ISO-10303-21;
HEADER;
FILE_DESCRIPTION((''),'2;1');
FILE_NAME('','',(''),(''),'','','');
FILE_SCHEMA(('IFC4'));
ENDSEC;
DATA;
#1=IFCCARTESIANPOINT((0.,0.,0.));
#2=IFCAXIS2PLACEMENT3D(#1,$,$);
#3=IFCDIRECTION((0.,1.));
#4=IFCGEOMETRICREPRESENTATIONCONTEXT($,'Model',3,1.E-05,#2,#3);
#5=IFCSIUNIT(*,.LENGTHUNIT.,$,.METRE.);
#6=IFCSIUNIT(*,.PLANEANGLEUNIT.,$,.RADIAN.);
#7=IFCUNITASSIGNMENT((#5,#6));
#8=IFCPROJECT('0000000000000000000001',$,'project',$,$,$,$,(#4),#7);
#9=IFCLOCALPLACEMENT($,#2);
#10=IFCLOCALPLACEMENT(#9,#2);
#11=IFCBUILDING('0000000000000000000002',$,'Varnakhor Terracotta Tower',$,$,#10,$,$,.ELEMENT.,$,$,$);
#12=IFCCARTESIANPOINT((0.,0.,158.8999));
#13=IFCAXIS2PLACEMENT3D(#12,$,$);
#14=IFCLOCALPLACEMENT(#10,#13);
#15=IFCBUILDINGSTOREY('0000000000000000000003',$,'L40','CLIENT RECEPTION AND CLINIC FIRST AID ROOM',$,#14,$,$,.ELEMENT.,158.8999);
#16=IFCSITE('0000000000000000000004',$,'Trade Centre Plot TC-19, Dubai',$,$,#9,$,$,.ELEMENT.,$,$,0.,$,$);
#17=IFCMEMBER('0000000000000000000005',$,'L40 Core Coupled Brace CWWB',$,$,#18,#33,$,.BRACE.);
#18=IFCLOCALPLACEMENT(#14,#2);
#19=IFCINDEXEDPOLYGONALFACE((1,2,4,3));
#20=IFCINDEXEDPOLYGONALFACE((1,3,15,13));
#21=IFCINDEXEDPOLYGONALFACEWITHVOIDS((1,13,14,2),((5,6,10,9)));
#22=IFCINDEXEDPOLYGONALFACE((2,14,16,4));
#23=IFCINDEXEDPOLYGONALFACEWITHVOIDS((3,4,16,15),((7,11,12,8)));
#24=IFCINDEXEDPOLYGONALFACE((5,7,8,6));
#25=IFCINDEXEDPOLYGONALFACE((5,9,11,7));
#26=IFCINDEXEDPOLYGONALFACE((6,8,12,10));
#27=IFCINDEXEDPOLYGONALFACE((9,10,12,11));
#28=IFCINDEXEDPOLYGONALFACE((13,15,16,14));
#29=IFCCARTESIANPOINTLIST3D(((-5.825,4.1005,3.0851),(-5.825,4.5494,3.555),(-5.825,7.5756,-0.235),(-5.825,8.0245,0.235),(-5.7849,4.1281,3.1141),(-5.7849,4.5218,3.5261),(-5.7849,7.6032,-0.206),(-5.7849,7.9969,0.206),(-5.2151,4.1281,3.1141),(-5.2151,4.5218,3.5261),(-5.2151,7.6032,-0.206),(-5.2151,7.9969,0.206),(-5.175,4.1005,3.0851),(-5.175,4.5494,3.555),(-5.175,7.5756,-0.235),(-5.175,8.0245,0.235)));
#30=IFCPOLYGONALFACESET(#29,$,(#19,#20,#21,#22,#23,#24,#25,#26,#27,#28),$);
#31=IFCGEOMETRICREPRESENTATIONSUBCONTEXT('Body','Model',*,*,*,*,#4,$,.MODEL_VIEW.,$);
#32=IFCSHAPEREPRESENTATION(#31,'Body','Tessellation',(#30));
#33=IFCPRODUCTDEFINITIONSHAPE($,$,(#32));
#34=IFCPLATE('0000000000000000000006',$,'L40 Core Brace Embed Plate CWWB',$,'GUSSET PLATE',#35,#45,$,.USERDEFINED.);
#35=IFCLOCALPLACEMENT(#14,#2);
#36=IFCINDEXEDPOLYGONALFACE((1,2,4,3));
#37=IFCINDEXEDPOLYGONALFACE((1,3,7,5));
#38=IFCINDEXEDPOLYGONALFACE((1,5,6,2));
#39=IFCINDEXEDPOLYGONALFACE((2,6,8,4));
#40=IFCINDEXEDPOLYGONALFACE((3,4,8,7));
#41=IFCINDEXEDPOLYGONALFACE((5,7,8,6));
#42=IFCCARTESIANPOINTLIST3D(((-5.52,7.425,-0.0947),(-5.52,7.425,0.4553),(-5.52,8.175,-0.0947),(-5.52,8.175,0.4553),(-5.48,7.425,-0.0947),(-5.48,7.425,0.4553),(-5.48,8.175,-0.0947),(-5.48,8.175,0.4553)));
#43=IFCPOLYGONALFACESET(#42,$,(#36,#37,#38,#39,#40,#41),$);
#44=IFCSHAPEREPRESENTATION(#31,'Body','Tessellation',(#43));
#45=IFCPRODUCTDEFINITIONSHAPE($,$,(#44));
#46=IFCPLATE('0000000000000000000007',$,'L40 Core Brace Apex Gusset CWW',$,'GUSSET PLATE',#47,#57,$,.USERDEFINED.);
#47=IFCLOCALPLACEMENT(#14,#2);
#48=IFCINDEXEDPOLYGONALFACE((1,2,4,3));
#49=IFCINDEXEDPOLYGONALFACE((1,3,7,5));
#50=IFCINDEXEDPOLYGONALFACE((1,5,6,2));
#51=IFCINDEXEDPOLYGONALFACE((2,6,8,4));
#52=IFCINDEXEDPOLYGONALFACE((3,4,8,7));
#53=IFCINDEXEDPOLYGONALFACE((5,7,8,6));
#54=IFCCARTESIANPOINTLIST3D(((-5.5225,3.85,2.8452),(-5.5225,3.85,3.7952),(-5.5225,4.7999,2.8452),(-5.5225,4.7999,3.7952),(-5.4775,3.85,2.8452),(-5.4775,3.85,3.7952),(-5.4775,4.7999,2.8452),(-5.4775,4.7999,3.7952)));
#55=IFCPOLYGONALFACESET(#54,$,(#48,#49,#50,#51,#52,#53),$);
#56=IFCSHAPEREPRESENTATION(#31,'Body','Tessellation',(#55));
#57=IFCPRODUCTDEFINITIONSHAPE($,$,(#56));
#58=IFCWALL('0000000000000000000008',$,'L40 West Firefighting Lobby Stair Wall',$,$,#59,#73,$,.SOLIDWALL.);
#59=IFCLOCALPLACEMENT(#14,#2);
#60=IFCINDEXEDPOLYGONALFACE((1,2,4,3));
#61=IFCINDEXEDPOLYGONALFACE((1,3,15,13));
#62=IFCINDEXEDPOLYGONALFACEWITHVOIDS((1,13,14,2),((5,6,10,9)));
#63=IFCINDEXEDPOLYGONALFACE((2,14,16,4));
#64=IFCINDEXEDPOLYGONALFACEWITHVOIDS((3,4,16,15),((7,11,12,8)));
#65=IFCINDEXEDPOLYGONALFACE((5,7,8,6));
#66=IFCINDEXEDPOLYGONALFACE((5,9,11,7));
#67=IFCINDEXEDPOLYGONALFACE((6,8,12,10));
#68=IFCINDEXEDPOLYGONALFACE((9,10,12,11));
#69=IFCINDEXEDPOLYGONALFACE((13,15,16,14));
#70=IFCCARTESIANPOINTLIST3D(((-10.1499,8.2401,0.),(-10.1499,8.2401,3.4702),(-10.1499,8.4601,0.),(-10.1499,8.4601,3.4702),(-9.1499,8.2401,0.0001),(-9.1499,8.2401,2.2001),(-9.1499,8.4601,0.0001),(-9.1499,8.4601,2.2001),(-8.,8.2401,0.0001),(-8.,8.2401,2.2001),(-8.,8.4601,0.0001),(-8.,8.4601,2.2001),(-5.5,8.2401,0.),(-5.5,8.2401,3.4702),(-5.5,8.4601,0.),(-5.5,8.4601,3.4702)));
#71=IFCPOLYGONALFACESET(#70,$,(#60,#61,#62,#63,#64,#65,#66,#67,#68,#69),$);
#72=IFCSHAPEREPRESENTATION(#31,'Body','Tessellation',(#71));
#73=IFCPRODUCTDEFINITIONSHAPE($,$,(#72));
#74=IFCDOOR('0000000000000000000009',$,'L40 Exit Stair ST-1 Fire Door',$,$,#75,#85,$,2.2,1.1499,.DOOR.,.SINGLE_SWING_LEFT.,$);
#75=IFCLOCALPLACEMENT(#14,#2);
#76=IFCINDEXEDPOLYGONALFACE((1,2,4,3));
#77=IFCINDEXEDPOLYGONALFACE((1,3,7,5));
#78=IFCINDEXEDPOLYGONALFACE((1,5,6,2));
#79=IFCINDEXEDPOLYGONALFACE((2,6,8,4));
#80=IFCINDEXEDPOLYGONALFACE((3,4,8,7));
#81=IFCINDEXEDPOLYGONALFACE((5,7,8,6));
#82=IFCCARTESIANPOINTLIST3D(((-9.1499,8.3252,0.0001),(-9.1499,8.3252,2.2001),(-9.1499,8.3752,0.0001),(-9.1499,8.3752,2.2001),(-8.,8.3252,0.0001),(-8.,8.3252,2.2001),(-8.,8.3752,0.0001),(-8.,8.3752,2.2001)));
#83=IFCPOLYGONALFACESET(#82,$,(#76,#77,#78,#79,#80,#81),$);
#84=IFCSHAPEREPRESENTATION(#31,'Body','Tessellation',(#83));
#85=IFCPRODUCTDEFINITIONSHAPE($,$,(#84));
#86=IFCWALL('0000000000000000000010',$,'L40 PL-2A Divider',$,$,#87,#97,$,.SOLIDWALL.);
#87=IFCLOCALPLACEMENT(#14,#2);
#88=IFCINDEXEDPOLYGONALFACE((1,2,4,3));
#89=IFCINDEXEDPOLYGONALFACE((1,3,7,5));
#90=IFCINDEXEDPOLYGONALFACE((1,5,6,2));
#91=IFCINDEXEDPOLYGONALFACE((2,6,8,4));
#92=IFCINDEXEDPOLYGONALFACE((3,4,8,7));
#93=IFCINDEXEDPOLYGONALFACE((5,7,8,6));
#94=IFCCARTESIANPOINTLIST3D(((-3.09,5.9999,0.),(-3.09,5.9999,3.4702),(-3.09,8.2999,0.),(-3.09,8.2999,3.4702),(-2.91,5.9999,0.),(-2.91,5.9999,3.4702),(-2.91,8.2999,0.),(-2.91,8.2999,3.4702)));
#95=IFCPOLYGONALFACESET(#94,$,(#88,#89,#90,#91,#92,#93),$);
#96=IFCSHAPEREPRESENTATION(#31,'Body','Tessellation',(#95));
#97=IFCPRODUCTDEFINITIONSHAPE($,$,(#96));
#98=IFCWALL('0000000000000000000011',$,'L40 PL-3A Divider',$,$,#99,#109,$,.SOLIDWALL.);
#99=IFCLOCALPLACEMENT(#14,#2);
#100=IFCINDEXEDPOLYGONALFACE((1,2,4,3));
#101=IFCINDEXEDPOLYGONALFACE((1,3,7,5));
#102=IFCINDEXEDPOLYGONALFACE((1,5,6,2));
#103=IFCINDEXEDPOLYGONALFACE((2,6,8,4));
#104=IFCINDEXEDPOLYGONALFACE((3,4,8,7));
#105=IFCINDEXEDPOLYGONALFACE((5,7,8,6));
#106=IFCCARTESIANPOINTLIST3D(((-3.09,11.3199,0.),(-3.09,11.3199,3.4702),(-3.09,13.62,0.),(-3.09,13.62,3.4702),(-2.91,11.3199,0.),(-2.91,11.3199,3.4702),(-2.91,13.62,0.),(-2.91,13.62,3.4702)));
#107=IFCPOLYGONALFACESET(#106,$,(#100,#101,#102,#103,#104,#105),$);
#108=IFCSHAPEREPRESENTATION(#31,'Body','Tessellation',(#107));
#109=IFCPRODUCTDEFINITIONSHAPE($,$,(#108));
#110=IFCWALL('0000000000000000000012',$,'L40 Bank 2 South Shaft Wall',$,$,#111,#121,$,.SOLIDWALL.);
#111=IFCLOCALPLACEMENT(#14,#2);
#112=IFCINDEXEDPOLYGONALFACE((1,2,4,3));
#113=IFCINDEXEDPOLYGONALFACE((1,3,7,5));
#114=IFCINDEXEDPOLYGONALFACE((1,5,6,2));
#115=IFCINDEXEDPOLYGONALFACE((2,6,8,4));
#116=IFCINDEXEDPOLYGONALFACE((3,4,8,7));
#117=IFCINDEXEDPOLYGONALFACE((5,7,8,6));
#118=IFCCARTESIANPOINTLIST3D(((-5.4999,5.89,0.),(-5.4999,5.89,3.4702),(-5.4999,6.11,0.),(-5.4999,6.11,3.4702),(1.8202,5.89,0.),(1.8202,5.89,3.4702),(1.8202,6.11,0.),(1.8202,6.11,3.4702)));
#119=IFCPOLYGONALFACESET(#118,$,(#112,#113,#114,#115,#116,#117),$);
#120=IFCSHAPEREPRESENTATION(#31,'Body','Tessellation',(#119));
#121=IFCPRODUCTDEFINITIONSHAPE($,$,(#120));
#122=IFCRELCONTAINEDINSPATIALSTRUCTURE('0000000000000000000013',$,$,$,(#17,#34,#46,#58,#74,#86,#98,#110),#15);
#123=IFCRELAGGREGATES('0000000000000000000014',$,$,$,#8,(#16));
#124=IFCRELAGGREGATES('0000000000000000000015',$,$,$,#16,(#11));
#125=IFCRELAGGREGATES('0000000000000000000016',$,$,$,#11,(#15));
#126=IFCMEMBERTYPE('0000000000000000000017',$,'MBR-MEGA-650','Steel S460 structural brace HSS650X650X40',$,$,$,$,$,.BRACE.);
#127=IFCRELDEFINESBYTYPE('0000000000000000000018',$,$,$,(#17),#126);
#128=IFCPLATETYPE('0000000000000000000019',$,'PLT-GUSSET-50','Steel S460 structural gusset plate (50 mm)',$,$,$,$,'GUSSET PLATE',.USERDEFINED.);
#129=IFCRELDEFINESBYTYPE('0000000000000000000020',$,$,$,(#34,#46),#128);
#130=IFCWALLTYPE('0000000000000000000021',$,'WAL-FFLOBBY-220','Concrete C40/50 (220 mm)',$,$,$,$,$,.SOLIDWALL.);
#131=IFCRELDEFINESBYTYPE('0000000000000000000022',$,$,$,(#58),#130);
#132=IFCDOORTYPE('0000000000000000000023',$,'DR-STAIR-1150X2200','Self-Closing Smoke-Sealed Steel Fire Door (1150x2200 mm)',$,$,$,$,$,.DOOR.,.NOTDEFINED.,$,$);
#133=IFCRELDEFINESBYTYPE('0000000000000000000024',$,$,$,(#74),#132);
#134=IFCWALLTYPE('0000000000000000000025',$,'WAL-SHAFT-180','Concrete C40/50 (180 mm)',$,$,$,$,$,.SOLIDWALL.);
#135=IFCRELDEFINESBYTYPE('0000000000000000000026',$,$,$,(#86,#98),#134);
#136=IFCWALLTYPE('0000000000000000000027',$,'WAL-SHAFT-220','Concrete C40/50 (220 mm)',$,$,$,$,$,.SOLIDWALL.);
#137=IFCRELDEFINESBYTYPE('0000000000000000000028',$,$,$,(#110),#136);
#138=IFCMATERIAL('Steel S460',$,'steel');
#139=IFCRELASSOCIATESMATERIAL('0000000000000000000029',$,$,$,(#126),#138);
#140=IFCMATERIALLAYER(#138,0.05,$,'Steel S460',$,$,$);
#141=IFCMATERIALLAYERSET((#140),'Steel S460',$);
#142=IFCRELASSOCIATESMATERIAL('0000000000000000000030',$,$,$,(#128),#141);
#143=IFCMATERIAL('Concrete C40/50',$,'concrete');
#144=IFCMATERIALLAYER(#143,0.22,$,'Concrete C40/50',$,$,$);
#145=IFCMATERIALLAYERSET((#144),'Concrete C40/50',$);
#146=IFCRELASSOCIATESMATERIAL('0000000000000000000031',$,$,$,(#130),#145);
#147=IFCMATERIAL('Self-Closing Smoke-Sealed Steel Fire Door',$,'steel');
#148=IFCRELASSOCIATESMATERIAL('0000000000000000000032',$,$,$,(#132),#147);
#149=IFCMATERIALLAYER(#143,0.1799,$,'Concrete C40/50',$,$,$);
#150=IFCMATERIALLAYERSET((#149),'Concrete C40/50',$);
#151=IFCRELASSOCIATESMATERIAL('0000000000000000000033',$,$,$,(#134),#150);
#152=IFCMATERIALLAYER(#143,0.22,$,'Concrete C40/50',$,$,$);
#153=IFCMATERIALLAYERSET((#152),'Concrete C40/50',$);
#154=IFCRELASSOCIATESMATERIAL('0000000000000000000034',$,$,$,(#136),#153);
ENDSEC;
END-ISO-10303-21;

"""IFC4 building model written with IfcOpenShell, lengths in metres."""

from ifc_helpers import new_model, si_unit, direction, frame, frame_2d, origin, origin_2d, place, context, subcontext, project, spatial, rectangle, hollow_rectangle, extrude, source, transform, mapped, material, layer, layer_set, material_profile, profile_set, type_object, type_shapes, element, fill, save


model = new_model("IFC4")

# Units and contexts
model_context = context("Model", 3, precision=1e-05, world=origin(), true_north=direction((0.0, 1.0)))
body_context = subcontext(model_context, "Body", "Model", "MODEL_VIEW")
ifc_project = project(units=[si_unit("LENGTHUNIT", "METRE"), si_unit("PLANEANGLEUNIT", "RADIAN")], contexts=[model_context])

# Site, building, storey
site_placement = place(None, origin())
site = spatial("IfcSite", under=ifc_project, at=site_placement, Name="Trade Centre Plot TC-19, Dubai", CompositionType="ELEMENT", RefElevation=0.0)
building_placement = place(site_placement, origin())
building = spatial("IfcBuilding", under=site, at=building_placement, Name="Varnakhor Terracotta Tower", CompositionType="ELEMENT")
storey_placement = place(building_placement, frame((0.0, 0.0, 158.8999)))
storey = spatial("IfcBuildingStorey", under=building, at=storey_placement, Name="L40", Description="CLIENT RECEPTION AND CLINIC FIRST AID ROOM", CompositionType="ELEMENT", Elevation=158.8999)

# Member
ifc_material_1 = material(Name="Steel S460", Category="steel")
ifc_material_profile = material_profile(ifc_material_1, hollow_rectangle(XDim=0.6499, YDim=0.6499, WallThickness=0.04, at=origin_2d()), Name="HSS650X650X40")
ifc_profile_set = profile_set([ifc_material_profile], Name="Steel S460")
member_type = type_object("IfcMemberType", Name="MBR-MEGA-650", Description="Steel S460 structural brace HSS650X650X40", PredefinedType="BRACE", material=ifc_profile_set)
shared_shape_1 = source(origin(), body_context, "Body", "SweptSolid", [
    extrude(hollow_rectangle(XDim=0.6499, YDim=0.6499, WallThickness=0.04, at=origin_2d()), origin(), (0.0, 0.0, 1.0), 4.8062),
])
member_placement = place(storey_placement, frame((-5.5, 7.8, 0.0), z_axis=(0.0, -0.723051, 0.690795), x_axis=(1.0, 0.0, 0.0)))
element("IfcMember", 1, at=member_placement, inside=storey, type_object=member_type, Name="L40 Core Coupled Brace CWWB", PredefinedType="BRACE", context=body_context, shape_type="MappedRepresentation", body=[
    mapped(shared_shape_1, transform((0.0, 0.0, 0.0), scale=1.0)),
])

# Plates
ifc_layer_1 = layer(ifc_material_1, 0.05, Name="Steel S460")
ifc_layer_set_1 = layer_set([ifc_layer_1], Name="Steel S460")
plate_type = type_object("IfcPlateType", Name="PLT-GUSSET-50", Description="Steel S460 structural gusset plate (50 mm)", ElementType="GUSSET PLATE", PredefinedType="USERDEFINED", material=ifc_layer_set_1)
shared_shape_2 = source(origin(), body_context, "Body", "SweptSolid", [
    extrude(rectangle(XDim=0.75, YDim=0.04, at=origin_2d()), origin(), (0.0, 0.0, 1.0), 0.55),
])
type_shapes(plate_type, [shared_shape_2])
plate_1_placement = place(storey_placement, frame((-5.5, 7.8, -0.0947), z_axis=(0.0, 0.0, 1.0), x_axis=(0.0, 1.0, 0.0)))
element("IfcPlate", 2, at=plate_1_placement, inside=storey, type_object=plate_type, Name="L40 Core Brace Embed Plate CWWB", ObjectType="GUSSET PLATE", PredefinedType="USERDEFINED", context=body_context, shape_type="MappedRepresentation", body=[
    mapped(shared_shape_2, transform((0.0, 0.0, 0.0), scale=1.0)),
])
shared_shape_3 = source(origin(), body_context, "Body", "SweptSolid", [
    extrude(rectangle(XDim=0.95, YDim=0.0449, at=origin_2d()), origin(), (0.0, 0.0, 1.0), 0.95),
])
plate_2_placement = place(storey_placement, frame((-5.5, 4.325, 2.8452), z_axis=(0.0, 0.0, 1.0), x_axis=(0.0, 1.0, 0.0)))
element("IfcPlate", 3, at=plate_2_placement, inside=storey, type_object=plate_type, Name="L40 Core Brace Apex Gusset CWW", ObjectType="GUSSET PLATE", PredefinedType="USERDEFINED", context=body_context, shape_type="MappedRepresentation", body=[
    mapped(shared_shape_3, transform((0.0, 0.0, 0.0), scale=1.0)),
])

# Wall, opening, door
ifc_material_2 = material(Name="Concrete C40/50", Category="concrete")
ifc_layer_2 = layer(ifc_material_2, 0.22, Name="Concrete C40/50")
ifc_layer_set_2 = layer_set([ifc_layer_2], Name="Concrete C40/50")
wall_type_1 = type_object("IfcWallType", Name="WAL-FFLOBBY-220", Description="Concrete C40/50 (220 mm)", PredefinedType="SOLIDWALL", material=ifc_layer_set_2)
wall_1_placement = place(storey_placement, frame((-5.5, 8.3501, 0.0), z_axis=(0.0, 0.0, 1.0), x_axis=(-1.0, 0.0, 0.0)))
wall_1 = element("IfcWall", 4, at=wall_1_placement, inside=storey, type_object=wall_type_1, Name="L40 West Firefighting Lobby Stair Wall", PredefinedType="SOLIDWALL", context=body_context, shape_type="SweptSolid", body=[
    extrude(rectangle(XDim=4.6499, YDim=0.22, at=frame_2d((2.325, 0.0))), origin(), (0.0, 0.0, 1.0), 3.4702),
])
opening_1_placement = place(wall_1_placement, frame((2.5, 0.0, 0.0)))
opening_1 = element("IfcOpeningElement", 5, at=opening_1_placement, cuts=wall_1, PredefinedType="OPENING", context=body_context, shape_type="SweptSolid", body=[
    extrude(rectangle(XDim=1.1499, YDim=2.2, at=frame_2d((0.575, 1.1001))), frame((0.0, 0.1201, 0.0), z_axis=(0.0, -1.0, 0.0), x_axis=(1.0, 0.0, 0.0)), (0.0, 0.0, 1.0), 0.24),
])
ifc_material_3 = material(Name="Self-Closing Smoke-Sealed Steel Fire Door", Category="steel")
door_type_1 = type_object("IfcDoorType", Name="DR-STAIR-1150X2200", Description="Self-Closing Smoke-Sealed Steel Fire Door (1150x2200 mm)", OperationType="NOTDEFINED", PredefinedType="DOOR", material=ifc_material_3)
shared_shape_4 = source(origin(), body_context, "Body", "SweptSolid", [
    extrude(rectangle(XDim=1.1499, YDim=2.2, at=frame_2d((0.575, 1.1001))), frame((0.0, 0.0249, 0.0), z_axis=(0.0, -1.0, 0.0), x_axis=(1.0, 0.0, 0.0)), (0.0, 0.0, 1.0), 0.05),
])
type_shapes(door_type_1, [shared_shape_4])
door_1_placement = place(opening_1_placement, origin())
door_1 = element("IfcDoor", 6, at=door_1_placement, inside=storey, type_object=door_type_1, Name="L40 Exit Stair ST-1 Fire Door", OperationType="SINGLE_SWING_LEFT", OverallHeight=2.2, OverallWidth=1.1499, PredefinedType="DOOR", context=body_context, shape_type="MappedRepresentation", body=[
    mapped(shared_shape_4, transform((0.0, 0.0, 0.0), scale=1.0)),
])
fill(opening_1, door_1)

# Walls
ifc_layer_3 = layer(ifc_material_2, 0.1799, Name="Concrete C40/50")
ifc_layer_set_3 = layer_set([ifc_layer_3], Name="Concrete C40/50")
wall_type_2 = type_object("IfcWallType", Name="WAL-SHAFT-180", Description="Concrete C40/50 (180 mm)", PredefinedType="SOLIDWALL", material=ifc_layer_set_3)
for number, where, z_axis, x_axis, name in (
    (7, (-3.0, 6.0, 0.0), (0.0, 0.0, 1.0), (0.0, 1.0, 0.0), "L40 PL-2A Divider"),
    (8, (-3.0, 11.3201, 0.0), (0.0, 0.0, 1.0), (0.0, 1.0, 0.0), "L40 PL-3A Divider"),
):
    element("IfcWall", number, at=place(storey_placement, frame(where, z_axis=z_axis, x_axis=x_axis)), inside=storey, type_object=wall_type_2, Name=name, PredefinedType="SOLIDWALL", context=body_context, shape_type="SweptSolid", body=[
        extrude(rectangle(XDim=2.3, YDim=0.1799, at=frame_2d((1.1499, 0.0))), origin(), (0.0, 0.0, 1.0), 3.4702),
    ])
ifc_layer_4 = layer(ifc_material_2, 0.22, Name="Concrete C40/50")
ifc_layer_set_4 = layer_set([ifc_layer_4], Name="Concrete C40/50")
wall_type_3 = type_object("IfcWallType", Name="WAL-SHAFT-220", Description="Concrete C40/50 (220 mm)", PredefinedType="SOLIDWALL", material=ifc_layer_set_4)
wall_2_placement = place(storey_placement, frame((-5.5, 6.0, 0.0), z_axis=(0.0, 0.0, 1.0), x_axis=(1.0, 0.0, 0.0)))
element("IfcWall", 9, at=wall_2_placement, inside=storey, type_object=wall_type_3, Name="L40 Bank 2 South Shaft Wall", PredefinedType="SOLIDWALL", context=body_context, shape_type="SweptSolid", body=[
    extrude(rectangle(XDim=7.3201, YDim=0.22, at=frame_2d((3.6602, 0.0))), origin(), (0.0, 0.0, 1.0), 3.4702),
])

save(model, "model.ifc")
